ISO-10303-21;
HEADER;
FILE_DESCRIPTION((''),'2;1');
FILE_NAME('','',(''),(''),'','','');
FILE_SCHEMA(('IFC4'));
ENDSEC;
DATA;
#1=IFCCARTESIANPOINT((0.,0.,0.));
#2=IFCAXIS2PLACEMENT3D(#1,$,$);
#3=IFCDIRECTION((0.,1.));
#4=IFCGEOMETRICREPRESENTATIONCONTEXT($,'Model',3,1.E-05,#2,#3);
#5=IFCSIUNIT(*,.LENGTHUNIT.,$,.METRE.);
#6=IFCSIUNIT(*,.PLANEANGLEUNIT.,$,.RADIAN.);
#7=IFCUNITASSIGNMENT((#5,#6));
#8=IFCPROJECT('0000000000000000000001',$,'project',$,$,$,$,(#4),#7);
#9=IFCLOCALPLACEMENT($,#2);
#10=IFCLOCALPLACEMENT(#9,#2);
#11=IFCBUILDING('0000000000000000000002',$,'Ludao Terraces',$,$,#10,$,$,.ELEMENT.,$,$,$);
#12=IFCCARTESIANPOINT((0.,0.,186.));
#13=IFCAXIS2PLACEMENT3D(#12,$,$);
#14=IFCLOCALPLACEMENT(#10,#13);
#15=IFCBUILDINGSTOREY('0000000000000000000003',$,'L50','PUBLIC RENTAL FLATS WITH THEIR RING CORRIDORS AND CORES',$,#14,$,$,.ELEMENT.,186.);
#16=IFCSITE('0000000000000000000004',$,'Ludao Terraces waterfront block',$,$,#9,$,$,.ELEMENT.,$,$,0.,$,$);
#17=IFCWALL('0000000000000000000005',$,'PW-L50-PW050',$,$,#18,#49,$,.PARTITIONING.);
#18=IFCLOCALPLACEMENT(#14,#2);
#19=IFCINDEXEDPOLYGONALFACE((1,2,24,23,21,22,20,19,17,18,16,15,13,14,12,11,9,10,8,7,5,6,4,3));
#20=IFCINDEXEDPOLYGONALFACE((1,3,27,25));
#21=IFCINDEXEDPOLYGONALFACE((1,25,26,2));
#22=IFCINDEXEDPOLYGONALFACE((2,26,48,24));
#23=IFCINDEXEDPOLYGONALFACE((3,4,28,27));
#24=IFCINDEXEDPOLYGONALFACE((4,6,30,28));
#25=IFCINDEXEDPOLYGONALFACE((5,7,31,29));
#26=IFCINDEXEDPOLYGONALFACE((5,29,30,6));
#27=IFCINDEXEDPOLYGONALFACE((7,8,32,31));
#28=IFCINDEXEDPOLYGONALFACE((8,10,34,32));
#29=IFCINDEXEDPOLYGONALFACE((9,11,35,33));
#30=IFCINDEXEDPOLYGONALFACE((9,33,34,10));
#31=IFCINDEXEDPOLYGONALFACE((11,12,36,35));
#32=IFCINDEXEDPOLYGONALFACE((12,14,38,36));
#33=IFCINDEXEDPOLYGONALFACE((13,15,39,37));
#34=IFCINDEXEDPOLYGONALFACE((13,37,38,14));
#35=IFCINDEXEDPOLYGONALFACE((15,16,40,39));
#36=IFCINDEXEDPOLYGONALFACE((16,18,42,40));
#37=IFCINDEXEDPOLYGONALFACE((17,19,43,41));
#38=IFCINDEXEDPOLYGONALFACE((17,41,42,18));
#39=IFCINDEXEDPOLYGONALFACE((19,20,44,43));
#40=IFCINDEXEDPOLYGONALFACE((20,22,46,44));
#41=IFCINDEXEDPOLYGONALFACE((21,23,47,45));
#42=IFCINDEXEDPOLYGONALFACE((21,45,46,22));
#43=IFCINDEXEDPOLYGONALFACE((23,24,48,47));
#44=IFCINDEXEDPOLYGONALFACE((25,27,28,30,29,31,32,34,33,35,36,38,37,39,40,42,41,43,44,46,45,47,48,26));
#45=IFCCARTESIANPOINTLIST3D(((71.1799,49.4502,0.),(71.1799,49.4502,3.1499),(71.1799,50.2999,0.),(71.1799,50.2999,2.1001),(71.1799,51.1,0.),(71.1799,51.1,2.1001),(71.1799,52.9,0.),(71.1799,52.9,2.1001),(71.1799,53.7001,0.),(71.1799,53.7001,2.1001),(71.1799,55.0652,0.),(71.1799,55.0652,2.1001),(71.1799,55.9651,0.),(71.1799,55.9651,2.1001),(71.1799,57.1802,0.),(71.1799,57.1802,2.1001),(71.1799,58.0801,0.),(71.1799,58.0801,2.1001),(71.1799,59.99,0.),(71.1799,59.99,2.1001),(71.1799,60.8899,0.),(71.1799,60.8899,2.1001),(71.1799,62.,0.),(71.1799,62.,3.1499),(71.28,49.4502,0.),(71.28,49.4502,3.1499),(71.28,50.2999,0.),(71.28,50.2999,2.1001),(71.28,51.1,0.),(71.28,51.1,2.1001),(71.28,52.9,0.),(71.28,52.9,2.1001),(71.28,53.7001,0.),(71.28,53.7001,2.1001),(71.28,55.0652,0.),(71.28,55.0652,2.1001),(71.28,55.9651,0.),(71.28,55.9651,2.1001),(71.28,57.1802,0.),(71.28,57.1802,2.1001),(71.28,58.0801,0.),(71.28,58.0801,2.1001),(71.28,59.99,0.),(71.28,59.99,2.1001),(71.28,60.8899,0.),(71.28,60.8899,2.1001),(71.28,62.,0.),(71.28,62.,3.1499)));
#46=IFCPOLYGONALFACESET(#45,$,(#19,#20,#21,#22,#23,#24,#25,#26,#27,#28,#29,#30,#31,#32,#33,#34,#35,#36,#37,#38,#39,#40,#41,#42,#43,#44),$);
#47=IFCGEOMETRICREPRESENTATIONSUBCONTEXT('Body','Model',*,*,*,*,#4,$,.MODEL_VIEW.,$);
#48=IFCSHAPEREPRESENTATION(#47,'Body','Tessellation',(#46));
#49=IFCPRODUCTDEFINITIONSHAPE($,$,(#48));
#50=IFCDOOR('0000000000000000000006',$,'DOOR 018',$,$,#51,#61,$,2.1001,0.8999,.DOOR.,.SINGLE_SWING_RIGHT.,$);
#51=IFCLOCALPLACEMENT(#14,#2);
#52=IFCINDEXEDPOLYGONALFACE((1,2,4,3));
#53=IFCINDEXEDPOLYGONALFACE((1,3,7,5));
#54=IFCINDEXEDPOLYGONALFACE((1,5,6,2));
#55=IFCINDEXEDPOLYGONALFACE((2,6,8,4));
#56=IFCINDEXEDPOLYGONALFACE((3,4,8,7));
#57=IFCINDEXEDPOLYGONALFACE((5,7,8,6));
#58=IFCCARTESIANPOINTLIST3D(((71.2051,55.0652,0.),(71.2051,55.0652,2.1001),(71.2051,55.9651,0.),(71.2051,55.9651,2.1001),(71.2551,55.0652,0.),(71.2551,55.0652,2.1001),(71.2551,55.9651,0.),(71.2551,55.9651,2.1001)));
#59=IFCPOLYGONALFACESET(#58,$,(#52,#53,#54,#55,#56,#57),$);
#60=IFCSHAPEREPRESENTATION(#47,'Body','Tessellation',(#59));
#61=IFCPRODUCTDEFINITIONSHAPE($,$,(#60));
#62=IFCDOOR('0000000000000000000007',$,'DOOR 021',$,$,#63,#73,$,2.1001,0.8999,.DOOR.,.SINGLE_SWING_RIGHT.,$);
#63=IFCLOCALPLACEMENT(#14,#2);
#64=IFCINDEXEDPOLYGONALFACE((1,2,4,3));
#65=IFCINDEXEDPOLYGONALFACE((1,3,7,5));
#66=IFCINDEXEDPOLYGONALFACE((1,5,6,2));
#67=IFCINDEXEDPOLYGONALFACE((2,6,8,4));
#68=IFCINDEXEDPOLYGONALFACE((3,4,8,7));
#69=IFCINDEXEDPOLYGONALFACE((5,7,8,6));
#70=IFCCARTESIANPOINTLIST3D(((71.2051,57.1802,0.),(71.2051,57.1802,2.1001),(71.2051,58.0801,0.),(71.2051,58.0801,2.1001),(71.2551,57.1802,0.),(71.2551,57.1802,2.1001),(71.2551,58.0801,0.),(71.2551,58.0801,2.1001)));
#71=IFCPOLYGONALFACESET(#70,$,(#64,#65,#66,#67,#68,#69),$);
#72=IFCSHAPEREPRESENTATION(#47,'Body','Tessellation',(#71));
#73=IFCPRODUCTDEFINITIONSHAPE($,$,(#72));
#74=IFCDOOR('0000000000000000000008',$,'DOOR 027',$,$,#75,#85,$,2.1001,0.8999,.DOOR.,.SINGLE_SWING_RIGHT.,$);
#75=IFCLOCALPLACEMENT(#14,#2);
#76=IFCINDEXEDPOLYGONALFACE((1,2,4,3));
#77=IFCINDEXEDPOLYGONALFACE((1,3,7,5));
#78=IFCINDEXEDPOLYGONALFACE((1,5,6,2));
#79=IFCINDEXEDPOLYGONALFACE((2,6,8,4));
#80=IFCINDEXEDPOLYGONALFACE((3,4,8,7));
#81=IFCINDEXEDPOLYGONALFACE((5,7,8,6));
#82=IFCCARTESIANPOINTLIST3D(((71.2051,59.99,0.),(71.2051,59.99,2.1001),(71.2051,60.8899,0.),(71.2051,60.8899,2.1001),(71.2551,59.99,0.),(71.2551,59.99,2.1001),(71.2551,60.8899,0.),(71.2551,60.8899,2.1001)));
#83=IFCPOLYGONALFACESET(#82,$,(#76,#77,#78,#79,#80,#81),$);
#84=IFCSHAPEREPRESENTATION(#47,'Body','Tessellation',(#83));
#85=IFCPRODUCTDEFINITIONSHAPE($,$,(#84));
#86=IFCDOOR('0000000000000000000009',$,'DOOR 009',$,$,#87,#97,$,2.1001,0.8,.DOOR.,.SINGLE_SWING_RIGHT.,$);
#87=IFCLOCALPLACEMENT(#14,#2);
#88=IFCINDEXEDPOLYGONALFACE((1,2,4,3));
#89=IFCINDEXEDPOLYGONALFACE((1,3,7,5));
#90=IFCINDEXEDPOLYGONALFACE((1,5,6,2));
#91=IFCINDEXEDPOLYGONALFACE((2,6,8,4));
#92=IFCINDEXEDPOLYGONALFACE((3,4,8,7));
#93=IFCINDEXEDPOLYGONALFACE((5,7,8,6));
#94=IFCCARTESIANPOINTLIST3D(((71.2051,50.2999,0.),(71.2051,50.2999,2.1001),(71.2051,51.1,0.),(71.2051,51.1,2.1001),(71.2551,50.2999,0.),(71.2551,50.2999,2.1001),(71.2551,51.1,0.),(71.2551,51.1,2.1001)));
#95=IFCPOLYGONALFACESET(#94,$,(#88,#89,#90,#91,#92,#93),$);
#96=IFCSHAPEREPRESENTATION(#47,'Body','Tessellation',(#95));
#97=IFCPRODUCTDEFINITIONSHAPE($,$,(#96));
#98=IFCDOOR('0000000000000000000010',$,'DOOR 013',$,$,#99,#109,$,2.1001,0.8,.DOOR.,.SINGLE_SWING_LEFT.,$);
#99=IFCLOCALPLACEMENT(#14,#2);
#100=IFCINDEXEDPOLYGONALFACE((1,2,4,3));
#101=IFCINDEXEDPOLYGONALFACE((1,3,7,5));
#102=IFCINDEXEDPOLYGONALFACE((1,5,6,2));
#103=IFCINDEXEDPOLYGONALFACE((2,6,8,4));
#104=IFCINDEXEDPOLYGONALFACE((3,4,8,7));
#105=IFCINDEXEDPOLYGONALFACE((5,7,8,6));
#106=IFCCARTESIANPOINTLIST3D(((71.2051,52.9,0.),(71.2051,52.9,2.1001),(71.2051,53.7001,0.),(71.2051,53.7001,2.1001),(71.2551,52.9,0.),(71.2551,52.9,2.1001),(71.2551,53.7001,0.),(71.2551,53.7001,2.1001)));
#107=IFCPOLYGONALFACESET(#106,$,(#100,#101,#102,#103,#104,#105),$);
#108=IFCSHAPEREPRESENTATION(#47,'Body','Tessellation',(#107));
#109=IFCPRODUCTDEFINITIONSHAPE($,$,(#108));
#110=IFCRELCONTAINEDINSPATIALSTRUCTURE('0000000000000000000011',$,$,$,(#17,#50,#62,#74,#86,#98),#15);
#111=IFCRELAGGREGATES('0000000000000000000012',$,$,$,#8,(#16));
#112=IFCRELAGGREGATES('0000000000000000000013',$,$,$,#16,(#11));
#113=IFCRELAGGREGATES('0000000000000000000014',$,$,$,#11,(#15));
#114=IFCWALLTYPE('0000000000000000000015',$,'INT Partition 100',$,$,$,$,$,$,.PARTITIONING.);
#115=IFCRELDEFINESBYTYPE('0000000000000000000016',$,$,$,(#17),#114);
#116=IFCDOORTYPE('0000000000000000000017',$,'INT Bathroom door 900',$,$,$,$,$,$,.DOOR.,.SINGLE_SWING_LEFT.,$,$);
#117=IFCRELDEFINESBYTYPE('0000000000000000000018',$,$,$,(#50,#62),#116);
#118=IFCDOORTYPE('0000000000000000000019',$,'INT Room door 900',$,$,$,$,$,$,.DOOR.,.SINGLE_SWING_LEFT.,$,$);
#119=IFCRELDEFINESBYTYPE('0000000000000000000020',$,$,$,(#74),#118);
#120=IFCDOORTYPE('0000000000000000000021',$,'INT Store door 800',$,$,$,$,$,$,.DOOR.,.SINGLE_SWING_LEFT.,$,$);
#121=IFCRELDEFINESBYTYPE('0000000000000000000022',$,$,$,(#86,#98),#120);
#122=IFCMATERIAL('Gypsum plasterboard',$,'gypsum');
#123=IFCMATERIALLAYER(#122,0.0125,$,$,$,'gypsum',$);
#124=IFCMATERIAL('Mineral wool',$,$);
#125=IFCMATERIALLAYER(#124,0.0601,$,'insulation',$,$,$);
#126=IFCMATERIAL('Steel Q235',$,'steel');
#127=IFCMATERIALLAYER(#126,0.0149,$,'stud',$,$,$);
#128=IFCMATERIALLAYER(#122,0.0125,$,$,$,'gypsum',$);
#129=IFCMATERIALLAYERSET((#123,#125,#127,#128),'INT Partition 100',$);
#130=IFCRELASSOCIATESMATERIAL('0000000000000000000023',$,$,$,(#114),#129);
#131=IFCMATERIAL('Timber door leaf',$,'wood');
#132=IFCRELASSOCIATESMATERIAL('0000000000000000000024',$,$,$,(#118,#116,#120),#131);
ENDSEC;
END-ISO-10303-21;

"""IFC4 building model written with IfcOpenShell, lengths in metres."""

from ifc_helpers import new_model, si_unit, direction, frame, frame_2d, origin, place, context, subcontext, project, spatial, rectangle, extrude, material, layer, layer_set, type_object, element, fill, save


model = new_model("IFC4")

# Units and contexts
model_context = context("Model", 3, precision=1e-05, world=origin(), true_north=direction((0.0, 1.0)))
body_context = subcontext(model_context, "Body", "Model", "MODEL_VIEW")
ifc_project = project(units=[si_unit("LENGTHUNIT", "METRE"), si_unit("PLANEANGLEUNIT", "RADIAN")], contexts=[model_context])

# Site, building, storey
site_placement = place(None, origin())
site = spatial("IfcSite", under=ifc_project, at=site_placement, Name="Ludao Terraces waterfront block", CompositionType="ELEMENT", RefElevation=0.0)
building_placement = place(site_placement, origin())
building = spatial("IfcBuilding", under=site, at=building_placement, Name="Ludao Terraces", CompositionType="ELEMENT")
storey_placement = place(building_placement, frame((0.0, 0.0, 186.0)))
storey = spatial("IfcBuildingStorey", under=building, at=storey_placement, Name="L50", Description="PUBLIC RENTAL FLATS WITH THEIR RING CORRIDORS AND CORES", CompositionType="ELEMENT", Elevation=186.0)

# Shared definitions
ifc_material_1 = material(Name="Mineral wool")

# Wall, openings, doors
ifc_material_2 = material(Name="Gypsum plasterboard", Category="gypsum")
ifc_layer_1 = layer(ifc_material_2, 0.0125, Category="gypsum")
ifc_layer_2 = layer(ifc_material_1, 0.0601, Name="insulation")
ifc_material_3 = material(Name="Steel Q235", Category="steel")
ifc_layer_3 = layer(ifc_material_3, 0.0149, Name="stud")
ifc_layer_4 = layer(ifc_material_2, 0.0125, Category="gypsum")
ifc_layer_set_1 = layer_set([ifc_layer_1, ifc_layer_2, ifc_layer_3, ifc_layer_4], Name="INT Partition 100")
wall_type_1 = type_object("IfcWallType", Name="INT Partition 100", PredefinedType="PARTITIONING", material=ifc_layer_set_1)
ifc_material_4 = material(Name="Timber door leaf", Category="wood")
door_type_1 = type_object("IfcDoorType", Name="INT Room door 900", OperationType="SINGLE_SWING_LEFT", PredefinedType="DOOR", material=ifc_material_4)
wall_1_placement = place(storey_placement, frame((71.23, 49.4502, 0.0), z_axis=(0.0, 0.0, 1.0), x_axis=(0.0, 1.0, 0.0)))
wall_1 = element("IfcWall", 1, at=wall_1_placement, inside=storey, type_object=wall_type_1, Name="PW-L50-PW050", PredefinedType="PARTITIONING", context=body_context, shape_type="SweptSolid", body=[
    extrude(rectangle(XDim=12.5498, YDim=0.1001, at=frame_2d((6.2749, 0.0))), origin(), (0.0, 0.0, 1.0), 3.1499),
])
opening_1_placement = place(wall_1_placement, frame((0.8499, 0.0, 0.0)))
opening_1 = element("IfcOpeningElement", 2, at=opening_1_placement, cuts=wall_1, PredefinedType="OPENING", context=body_context, shape_type="SweptSolid", body=[
    extrude(rectangle(XDim=0.8, YDim=2.1001, at=frame_2d((0.3999, 1.05))), frame((0.0, 0.0601, 0.0), z_axis=(0.0, -1.0, 0.0), x_axis=(1.0, 0.0, 0.0)), (0.0, 0.0, 1.0), 0.1201),
])
opening_2_placement = place(wall_1_placement, frame((3.45, 0.0, 0.0)))
opening_2 = element("IfcOpeningElement", 3, at=opening_2_placement, cuts=wall_1, PredefinedType="OPENING", context=body_context, shape_type="SweptSolid", body=[
    extrude(rectangle(XDim=0.8, YDim=2.1001, at=frame_2d((0.3999, 1.05))), frame((0.0, 0.0601, 0.0), z_axis=(0.0, -1.0, 0.0), x_axis=(1.0, 0.0, 0.0)), (0.0, 0.0, 1.0), 0.1201),
])
opening_3_placement = place(wall_1_placement, frame((5.615, 0.0, 0.0)))
opening_3 = element("IfcOpeningElement", 4, at=opening_3_placement, cuts=wall_1, PredefinedType="OPENING", context=body_context, shape_type="SweptSolid", body=[
    extrude(rectangle(XDim=0.8999, YDim=2.1001, at=frame_2d((0.45, 1.05))), frame((0.0, 0.0601, 0.0), z_axis=(0.0, -1.0, 0.0), x_axis=(1.0, 0.0, 0.0)), (0.0, 0.0, 1.0), 0.1201),
])
opening_4_placement = place(wall_1_placement, frame((7.73, 0.0, 0.0)))
opening_4 = element("IfcOpeningElement", 5, at=opening_4_placement, cuts=wall_1, PredefinedType="OPENING", context=body_context, shape_type="SweptSolid", body=[
    extrude(rectangle(XDim=0.8999, YDim=2.1001, at=frame_2d((0.45, 1.05))), frame((0.0, 0.0601, 0.0), z_axis=(0.0, -1.0, 0.0), x_axis=(1.0, 0.0, 0.0)), (0.0, 0.0, 1.0), 0.1201),
])
opening_5_placement = place(wall_1_placement, frame((10.5398, 0.0, 0.0)))
opening_5 = element("IfcOpeningElement", 6, at=opening_5_placement, cuts=wall_1, PredefinedType="OPENING", context=body_context, shape_type="SweptSolid", body=[
    extrude(rectangle(XDim=0.8999, YDim=2.1001, at=frame_2d((0.45, 1.05))), frame((0.0, 0.0601, 0.0), z_axis=(0.0, -1.0, 0.0), x_axis=(1.0, 0.0, 0.0)), (0.0, 0.0, 1.0), 0.1201),
])
door_type_2 = type_object("IfcDoorType", Name="INT Bathroom door 900", OperationType="SINGLE_SWING_LEFT", PredefinedType="DOOR", material=ifc_material_4)
door_1_placement = place(opening_3_placement, origin())
door_1 = element("IfcDoor", 7, at=door_1_placement, inside=storey, type_object=door_type_2, Name="DOOR 018", OperationType="SINGLE_SWING_RIGHT", OverallHeight=2.1001, OverallWidth=0.8999, PredefinedType="DOOR", context=body_context, shape_type="SweptSolid", body=[
    extrude(rectangle(XDim=0.8999, YDim=2.1001, at=frame_2d((0.45, 1.05))), frame((0.0, 0.0249, 0.0), z_axis=(0.0, -1.0, 0.0), x_axis=(1.0, 0.0, 0.0)), (0.0, 0.0, 1.0), 0.05),
])
fill(opening_3, door_1)
door_2_placement = place(opening_4_placement, origin())
door_2 = element("IfcDoor", 8, at=door_2_placement, inside=storey, type_object=door_type_2, Name="DOOR 021", OperationType="SINGLE_SWING_RIGHT", OverallHeight=2.1001, OverallWidth=0.8999, PredefinedType="DOOR", context=body_context, shape_type="SweptSolid", body=[
    extrude(rectangle(XDim=0.8999, YDim=2.1001, at=frame_2d((0.45, 1.05))), frame((0.0, 0.0249, 0.0), z_axis=(0.0, -1.0, 0.0), x_axis=(1.0, 0.0, 0.0)), (0.0, 0.0, 1.0), 0.05),
])
fill(opening_4, door_2)
door_3_placement = place(opening_5_placement, origin())
door_3 = element("IfcDoor", 9, at=door_3_placement, inside=storey, type_object=door_type_1, Name="DOOR 027", OperationType="SINGLE_SWING_RIGHT", OverallHeight=2.1001, OverallWidth=0.8999, PredefinedType="DOOR", context=body_context, shape_type="SweptSolid", body=[
    extrude(rectangle(XDim=0.8999, YDim=2.1001, at=frame_2d((0.45, 1.05))), frame((0.0, 0.0249, 0.0), z_axis=(0.0, -1.0, 0.0), x_axis=(1.0, 0.0, 0.0)), (0.0, 0.0, 1.0), 0.05),
])
fill(opening_5, door_3)
door_type_3 = type_object("IfcDoorType", Name="INT Store door 800", OperationType="SINGLE_SWING_LEFT", PredefinedType="DOOR", material=ifc_material_4)
door_4_placement = place(opening_1_placement, origin())
door_4 = element("IfcDoor", 10, at=door_4_placement, inside=storey, type_object=door_type_3, Name="DOOR 009", OperationType="SINGLE_SWING_RIGHT", OverallHeight=2.1001, OverallWidth=0.8, PredefinedType="DOOR", context=body_context, shape_type="SweptSolid", body=[
    extrude(rectangle(XDim=0.8, YDim=2.1001, at=frame_2d((0.3999, 1.05))), frame((0.0, 0.0249, 0.0), z_axis=(0.0, -1.0, 0.0), x_axis=(1.0, 0.0, 0.0)), (0.0, 0.0, 1.0), 0.05),
])
fill(opening_1, door_4)
door_5_placement = place(opening_2_placement, origin())
door_5 = element("IfcDoor", 11, at=door_5_placement, inside=storey, type_object=door_type_3, Name="DOOR 013", OperationType="SINGLE_SWING_LEFT", OverallHeight=2.1001, OverallWidth=0.8, PredefinedType="DOOR", context=body_context, shape_type="SweptSolid", body=[
    extrude(rectangle(XDim=0.8, YDim=2.1001, at=frame_2d((0.3999, 1.05))), frame((0.0, 0.0249, 0.0), z_axis=(0.0, -1.0, 0.0), x_axis=(1.0, 0.0, 0.0)), (0.0, 0.0, 1.0), 0.05),
])
fill(opening_2, door_5)

save(model, "model.ifc")
